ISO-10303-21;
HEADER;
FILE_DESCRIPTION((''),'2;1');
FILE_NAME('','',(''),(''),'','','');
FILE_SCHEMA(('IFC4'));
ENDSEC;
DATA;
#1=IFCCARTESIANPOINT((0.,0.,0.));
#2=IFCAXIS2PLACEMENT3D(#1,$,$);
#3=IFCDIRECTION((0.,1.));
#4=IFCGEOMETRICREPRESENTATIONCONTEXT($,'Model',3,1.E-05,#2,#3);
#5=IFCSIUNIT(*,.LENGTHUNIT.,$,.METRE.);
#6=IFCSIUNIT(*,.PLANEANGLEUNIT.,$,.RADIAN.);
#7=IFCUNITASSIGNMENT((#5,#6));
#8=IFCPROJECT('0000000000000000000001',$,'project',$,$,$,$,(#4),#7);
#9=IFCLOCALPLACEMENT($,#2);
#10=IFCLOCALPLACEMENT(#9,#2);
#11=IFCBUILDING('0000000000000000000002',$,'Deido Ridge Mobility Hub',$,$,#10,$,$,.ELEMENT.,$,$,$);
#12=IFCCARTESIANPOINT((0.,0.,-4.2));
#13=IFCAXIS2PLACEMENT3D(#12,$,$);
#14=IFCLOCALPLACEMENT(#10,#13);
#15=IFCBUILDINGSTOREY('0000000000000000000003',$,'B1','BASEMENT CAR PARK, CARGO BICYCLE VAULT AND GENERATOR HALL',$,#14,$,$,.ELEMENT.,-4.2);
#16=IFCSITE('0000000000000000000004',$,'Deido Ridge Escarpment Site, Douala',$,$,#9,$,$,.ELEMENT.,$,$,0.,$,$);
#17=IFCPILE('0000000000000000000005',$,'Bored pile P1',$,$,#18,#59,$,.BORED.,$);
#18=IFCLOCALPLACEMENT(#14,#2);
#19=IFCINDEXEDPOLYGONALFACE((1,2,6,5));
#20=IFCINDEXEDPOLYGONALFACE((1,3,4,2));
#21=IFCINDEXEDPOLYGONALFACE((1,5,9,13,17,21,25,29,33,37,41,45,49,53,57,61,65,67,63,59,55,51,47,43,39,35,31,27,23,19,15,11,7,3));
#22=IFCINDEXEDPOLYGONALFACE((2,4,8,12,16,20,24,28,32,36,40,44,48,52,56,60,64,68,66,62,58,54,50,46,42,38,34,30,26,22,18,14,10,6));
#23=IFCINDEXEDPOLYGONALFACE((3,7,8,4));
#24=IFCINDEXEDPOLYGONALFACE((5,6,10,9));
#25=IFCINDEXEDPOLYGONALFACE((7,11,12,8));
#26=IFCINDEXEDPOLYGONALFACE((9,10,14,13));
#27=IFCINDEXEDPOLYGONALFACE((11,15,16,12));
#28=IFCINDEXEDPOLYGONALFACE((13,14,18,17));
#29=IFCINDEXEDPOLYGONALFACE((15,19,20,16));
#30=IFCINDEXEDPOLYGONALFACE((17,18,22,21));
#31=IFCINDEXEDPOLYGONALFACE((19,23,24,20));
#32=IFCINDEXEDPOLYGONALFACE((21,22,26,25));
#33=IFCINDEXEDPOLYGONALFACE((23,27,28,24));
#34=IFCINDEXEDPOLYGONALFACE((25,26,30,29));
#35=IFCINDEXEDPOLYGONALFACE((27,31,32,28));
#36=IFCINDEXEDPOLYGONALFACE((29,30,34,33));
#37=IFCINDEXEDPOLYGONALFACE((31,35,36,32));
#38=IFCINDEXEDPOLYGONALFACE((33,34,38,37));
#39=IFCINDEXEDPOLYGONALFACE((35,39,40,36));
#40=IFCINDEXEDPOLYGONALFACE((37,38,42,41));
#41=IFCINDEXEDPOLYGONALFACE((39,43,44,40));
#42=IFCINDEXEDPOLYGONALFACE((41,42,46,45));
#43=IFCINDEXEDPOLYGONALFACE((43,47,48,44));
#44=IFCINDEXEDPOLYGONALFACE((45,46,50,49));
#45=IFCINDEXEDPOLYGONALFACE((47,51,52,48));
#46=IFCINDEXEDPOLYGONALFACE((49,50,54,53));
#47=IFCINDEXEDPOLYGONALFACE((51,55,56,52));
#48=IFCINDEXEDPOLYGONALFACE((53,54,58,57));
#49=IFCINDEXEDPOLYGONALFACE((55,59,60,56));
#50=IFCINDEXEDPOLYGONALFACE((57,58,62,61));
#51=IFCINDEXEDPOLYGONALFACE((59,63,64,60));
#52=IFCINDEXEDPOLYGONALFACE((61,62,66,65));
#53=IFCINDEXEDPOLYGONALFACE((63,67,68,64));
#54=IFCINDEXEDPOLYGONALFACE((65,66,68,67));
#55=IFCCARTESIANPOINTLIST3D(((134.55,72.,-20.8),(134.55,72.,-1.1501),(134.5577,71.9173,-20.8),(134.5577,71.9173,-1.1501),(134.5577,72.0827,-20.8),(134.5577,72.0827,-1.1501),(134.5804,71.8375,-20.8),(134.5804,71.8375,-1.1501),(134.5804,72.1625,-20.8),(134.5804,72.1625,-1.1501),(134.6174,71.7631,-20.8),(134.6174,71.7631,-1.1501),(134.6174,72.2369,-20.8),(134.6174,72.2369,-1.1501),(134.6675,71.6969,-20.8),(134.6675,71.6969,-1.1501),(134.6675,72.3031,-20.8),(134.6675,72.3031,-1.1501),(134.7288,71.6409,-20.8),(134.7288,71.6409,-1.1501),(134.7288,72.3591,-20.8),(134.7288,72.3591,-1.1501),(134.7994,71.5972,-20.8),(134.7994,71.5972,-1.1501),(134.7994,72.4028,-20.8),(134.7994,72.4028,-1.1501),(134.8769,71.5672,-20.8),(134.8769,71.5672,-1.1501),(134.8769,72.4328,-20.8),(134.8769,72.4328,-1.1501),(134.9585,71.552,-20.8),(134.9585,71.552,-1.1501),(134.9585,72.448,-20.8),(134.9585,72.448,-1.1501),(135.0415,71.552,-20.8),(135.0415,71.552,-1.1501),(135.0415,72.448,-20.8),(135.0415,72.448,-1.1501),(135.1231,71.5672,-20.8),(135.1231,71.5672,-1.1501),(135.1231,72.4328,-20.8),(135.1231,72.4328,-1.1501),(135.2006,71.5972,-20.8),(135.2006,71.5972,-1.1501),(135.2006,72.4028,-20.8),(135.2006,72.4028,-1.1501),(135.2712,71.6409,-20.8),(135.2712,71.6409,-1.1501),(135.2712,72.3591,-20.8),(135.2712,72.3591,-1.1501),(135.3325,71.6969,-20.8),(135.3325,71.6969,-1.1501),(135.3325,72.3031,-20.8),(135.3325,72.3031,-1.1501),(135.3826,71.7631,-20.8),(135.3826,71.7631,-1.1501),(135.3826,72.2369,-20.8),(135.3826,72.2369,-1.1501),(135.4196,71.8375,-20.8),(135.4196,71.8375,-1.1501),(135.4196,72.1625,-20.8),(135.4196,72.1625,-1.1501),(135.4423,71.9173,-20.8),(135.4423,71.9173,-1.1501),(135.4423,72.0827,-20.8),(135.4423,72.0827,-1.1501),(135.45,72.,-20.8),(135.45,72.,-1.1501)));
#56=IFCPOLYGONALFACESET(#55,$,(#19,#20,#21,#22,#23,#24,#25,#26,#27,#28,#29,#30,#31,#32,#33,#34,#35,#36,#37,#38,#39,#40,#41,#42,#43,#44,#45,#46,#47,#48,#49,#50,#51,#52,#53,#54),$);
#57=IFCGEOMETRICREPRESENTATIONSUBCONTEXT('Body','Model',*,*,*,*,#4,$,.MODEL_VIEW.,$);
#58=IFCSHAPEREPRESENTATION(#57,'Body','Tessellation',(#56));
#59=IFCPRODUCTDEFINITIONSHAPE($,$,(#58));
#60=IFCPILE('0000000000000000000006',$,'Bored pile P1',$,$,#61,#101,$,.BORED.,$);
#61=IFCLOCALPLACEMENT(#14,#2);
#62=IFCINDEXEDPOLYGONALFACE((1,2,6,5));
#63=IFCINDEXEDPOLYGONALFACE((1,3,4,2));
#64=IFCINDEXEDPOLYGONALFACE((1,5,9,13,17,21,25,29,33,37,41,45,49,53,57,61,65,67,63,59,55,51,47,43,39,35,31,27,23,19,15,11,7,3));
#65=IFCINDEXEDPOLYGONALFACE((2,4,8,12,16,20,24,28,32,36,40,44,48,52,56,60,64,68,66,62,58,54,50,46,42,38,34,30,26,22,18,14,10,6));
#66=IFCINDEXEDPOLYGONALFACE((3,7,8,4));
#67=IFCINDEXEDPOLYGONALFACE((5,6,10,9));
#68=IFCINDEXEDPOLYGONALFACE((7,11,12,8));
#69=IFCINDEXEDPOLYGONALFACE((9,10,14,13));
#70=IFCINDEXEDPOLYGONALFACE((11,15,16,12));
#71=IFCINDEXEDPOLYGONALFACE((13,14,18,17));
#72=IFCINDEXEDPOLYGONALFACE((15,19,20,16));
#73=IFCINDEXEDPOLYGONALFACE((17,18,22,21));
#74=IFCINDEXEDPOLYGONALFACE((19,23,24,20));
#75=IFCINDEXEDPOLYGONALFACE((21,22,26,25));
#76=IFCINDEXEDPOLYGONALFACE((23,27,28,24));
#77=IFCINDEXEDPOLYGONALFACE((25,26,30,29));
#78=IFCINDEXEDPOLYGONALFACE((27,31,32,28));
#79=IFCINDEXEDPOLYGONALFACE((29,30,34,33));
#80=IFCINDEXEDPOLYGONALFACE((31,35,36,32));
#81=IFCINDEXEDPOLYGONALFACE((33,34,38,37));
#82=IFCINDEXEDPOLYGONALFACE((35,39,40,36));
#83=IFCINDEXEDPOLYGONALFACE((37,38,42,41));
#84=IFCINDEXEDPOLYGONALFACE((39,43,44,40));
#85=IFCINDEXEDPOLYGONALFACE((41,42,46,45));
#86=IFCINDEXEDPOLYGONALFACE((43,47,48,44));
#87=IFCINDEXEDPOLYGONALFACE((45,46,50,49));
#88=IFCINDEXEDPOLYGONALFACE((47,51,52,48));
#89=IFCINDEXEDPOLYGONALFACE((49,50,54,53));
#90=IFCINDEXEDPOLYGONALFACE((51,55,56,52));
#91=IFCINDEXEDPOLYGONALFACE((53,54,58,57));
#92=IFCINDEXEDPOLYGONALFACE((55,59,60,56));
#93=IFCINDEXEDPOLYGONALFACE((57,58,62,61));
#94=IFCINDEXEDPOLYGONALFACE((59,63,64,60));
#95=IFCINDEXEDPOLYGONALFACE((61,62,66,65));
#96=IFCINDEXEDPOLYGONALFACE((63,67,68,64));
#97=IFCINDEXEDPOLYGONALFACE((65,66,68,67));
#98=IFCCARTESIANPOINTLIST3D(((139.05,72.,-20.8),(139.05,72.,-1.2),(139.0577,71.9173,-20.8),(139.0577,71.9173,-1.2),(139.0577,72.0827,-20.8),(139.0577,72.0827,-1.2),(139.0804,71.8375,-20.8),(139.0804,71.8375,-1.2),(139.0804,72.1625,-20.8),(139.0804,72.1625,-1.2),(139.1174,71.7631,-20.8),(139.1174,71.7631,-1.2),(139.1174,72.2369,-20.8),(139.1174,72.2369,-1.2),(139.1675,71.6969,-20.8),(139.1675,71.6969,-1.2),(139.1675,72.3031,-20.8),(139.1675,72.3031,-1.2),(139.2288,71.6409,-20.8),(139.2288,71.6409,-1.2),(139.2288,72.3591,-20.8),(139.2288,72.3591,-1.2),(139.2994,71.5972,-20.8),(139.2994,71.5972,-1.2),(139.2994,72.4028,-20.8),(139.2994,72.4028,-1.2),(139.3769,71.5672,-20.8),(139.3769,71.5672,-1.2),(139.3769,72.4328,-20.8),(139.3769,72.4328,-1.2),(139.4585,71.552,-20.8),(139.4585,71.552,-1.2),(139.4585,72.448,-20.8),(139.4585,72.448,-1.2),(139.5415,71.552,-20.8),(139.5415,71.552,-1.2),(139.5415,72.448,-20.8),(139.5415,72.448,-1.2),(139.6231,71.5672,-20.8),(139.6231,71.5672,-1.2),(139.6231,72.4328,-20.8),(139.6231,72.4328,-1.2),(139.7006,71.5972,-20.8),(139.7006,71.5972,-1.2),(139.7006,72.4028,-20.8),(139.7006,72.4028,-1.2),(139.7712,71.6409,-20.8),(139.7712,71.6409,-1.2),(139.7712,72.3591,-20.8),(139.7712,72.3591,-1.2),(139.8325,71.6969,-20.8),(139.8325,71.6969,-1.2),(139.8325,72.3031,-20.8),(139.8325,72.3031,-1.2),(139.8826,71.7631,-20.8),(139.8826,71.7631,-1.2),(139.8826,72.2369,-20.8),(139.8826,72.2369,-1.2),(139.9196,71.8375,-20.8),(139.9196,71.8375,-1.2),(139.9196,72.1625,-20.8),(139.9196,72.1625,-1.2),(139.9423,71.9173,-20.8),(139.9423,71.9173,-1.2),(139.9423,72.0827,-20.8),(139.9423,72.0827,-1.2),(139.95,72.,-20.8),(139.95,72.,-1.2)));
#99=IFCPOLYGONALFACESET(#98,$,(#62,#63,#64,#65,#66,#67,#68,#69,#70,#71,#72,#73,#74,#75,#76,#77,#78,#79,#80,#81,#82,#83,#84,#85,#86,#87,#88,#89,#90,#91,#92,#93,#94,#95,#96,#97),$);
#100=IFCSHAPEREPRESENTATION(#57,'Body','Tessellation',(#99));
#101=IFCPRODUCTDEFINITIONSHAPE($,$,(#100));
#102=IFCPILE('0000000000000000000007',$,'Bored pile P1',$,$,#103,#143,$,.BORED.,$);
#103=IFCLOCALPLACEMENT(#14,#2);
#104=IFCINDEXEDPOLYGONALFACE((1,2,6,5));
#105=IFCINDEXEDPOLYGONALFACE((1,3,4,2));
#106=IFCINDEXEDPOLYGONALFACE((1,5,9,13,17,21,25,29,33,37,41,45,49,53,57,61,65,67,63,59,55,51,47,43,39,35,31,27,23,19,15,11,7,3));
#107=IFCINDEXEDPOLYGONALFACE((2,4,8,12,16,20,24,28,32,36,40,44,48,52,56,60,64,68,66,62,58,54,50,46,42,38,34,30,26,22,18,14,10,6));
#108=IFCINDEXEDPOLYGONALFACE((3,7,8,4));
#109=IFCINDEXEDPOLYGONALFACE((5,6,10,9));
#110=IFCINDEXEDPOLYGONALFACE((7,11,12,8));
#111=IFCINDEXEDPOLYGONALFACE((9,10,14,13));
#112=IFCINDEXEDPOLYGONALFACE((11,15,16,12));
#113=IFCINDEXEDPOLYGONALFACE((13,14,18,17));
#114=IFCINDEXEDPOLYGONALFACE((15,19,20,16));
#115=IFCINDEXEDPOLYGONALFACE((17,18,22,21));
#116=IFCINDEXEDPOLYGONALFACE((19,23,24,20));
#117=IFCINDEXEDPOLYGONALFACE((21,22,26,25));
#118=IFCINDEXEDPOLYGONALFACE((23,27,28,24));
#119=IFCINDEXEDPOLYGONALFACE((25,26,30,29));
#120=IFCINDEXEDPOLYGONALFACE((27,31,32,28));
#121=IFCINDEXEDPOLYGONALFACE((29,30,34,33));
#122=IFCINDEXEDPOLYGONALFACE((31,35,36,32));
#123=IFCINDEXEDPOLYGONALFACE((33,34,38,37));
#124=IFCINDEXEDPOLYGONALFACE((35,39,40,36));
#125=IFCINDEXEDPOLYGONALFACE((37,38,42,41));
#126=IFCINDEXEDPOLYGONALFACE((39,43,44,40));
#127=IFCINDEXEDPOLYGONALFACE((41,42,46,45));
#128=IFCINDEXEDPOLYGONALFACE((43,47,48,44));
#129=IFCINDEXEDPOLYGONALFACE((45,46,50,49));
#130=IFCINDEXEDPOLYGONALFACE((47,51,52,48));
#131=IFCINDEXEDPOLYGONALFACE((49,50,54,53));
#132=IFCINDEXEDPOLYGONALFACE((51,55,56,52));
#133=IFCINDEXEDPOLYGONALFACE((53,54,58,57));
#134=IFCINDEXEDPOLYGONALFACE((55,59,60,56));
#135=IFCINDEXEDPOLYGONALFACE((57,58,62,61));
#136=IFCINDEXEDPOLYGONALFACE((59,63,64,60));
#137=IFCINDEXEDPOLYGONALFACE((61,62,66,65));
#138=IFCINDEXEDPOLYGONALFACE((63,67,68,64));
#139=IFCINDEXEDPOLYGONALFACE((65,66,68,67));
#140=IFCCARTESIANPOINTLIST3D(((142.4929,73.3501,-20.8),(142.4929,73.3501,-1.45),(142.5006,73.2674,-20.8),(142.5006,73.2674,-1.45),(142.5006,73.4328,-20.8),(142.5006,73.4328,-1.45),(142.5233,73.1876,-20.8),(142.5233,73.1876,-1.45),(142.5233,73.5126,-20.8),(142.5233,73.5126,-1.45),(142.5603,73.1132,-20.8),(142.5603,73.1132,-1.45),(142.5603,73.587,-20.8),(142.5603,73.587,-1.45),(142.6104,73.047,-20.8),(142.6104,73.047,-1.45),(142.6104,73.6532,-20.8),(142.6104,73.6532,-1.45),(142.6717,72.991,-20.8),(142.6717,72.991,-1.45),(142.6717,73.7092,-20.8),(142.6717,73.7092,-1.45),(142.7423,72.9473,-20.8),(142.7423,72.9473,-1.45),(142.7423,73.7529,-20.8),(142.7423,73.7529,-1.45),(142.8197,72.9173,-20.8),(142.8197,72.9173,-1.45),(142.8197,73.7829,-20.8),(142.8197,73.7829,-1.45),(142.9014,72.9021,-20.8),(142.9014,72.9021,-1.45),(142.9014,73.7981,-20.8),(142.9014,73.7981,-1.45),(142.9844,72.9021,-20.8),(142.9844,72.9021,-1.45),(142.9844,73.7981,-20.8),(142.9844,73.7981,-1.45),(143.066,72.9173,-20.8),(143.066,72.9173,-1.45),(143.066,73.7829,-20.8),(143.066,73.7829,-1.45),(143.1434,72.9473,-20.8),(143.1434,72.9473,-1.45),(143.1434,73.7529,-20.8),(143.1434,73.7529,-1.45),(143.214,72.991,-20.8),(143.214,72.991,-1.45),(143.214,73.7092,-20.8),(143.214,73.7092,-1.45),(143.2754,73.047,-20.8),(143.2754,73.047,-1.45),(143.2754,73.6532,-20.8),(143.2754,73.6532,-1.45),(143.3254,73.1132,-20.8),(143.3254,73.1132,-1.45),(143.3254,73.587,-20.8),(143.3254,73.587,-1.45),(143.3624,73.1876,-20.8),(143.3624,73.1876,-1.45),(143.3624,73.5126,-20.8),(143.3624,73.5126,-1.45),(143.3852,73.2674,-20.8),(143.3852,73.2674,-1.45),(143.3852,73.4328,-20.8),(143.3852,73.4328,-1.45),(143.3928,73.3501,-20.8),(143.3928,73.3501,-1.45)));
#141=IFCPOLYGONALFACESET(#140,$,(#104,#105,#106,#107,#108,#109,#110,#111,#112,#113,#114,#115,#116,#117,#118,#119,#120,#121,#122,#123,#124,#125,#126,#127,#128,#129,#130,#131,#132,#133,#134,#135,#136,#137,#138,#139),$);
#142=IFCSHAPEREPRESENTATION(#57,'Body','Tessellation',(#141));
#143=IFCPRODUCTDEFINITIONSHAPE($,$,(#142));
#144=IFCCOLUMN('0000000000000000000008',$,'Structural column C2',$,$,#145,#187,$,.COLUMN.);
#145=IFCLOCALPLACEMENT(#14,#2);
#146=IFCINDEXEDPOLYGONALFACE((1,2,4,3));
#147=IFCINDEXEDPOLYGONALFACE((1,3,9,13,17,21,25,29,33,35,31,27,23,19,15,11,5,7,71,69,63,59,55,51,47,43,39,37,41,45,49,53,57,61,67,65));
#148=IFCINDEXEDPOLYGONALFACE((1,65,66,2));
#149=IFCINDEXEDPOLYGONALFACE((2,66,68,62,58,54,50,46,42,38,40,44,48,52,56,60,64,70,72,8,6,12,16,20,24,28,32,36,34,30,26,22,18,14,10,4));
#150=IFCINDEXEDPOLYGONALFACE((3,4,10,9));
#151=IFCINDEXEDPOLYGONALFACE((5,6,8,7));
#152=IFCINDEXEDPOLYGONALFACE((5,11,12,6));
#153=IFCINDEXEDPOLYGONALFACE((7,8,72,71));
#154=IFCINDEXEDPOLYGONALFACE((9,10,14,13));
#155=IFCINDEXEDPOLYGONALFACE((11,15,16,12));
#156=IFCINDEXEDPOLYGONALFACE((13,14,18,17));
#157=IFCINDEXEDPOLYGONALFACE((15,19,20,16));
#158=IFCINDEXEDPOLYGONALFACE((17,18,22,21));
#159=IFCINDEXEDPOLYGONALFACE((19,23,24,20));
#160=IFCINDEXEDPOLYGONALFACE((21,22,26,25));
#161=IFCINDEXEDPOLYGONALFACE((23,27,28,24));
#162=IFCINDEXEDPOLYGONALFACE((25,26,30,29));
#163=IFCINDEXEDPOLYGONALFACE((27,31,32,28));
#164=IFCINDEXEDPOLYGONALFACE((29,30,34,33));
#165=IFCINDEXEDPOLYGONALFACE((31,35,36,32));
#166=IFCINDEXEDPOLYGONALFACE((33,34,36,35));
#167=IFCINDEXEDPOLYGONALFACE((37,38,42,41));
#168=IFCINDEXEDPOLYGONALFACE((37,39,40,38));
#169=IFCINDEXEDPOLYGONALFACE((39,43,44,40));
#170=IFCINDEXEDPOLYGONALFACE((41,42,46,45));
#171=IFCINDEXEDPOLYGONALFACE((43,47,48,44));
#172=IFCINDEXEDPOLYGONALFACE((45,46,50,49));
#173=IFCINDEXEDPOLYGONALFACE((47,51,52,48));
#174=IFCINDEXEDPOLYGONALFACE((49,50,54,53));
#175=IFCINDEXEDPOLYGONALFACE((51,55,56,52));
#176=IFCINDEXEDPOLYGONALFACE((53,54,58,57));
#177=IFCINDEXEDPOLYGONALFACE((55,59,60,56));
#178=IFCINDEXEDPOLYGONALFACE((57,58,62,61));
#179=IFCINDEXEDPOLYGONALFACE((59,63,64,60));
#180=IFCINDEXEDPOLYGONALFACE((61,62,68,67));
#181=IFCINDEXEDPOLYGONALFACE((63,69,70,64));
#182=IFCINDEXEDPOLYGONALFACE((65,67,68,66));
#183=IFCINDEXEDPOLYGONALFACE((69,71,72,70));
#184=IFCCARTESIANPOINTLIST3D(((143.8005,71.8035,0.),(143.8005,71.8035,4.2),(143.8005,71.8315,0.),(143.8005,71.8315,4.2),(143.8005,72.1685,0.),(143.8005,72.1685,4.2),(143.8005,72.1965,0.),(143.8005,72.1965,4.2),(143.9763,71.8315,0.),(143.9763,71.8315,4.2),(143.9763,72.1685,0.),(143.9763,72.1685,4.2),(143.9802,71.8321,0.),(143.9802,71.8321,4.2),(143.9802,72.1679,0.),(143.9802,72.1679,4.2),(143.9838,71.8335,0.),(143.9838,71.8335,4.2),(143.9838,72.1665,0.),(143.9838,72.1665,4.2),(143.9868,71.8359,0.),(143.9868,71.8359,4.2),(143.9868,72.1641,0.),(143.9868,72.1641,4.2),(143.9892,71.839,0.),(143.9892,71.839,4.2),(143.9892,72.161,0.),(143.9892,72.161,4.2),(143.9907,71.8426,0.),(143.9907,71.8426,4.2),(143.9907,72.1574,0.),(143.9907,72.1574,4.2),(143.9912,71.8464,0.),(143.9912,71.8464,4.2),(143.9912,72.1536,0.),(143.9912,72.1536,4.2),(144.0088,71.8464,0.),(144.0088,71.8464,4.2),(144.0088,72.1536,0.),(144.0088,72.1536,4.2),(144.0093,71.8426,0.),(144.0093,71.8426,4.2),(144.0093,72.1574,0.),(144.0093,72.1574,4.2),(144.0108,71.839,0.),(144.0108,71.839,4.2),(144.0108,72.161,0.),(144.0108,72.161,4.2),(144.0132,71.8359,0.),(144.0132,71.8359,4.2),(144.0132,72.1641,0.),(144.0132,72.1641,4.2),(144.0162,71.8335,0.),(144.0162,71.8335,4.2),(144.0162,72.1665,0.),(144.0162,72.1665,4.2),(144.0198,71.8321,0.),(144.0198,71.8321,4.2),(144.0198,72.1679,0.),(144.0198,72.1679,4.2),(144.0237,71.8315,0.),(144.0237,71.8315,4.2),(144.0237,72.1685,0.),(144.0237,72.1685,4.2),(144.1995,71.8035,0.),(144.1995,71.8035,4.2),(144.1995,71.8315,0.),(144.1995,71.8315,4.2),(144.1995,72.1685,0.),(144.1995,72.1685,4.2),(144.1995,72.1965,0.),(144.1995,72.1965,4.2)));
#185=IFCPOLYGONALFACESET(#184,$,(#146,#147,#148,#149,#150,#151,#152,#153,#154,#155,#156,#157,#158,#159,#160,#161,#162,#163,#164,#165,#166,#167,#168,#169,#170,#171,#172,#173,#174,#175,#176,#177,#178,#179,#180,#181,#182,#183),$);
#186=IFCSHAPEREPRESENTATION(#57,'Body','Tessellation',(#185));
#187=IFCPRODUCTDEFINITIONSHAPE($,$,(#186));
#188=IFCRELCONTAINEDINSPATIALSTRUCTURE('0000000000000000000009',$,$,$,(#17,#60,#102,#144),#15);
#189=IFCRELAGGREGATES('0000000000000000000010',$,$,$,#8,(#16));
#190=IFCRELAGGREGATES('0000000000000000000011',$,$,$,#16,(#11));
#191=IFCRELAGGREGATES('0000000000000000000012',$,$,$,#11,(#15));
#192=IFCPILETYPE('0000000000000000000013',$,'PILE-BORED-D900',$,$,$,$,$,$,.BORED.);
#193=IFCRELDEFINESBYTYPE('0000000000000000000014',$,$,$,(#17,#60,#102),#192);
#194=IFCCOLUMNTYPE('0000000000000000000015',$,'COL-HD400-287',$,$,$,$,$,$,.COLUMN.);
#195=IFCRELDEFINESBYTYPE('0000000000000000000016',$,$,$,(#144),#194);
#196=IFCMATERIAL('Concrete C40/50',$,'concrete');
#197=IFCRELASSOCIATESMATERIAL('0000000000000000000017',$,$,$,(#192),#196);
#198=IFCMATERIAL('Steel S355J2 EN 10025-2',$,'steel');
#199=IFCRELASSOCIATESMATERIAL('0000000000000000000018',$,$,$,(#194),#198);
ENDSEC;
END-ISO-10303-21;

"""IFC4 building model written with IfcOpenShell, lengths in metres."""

from ifc_helpers import new_model, si_unit, direction, frame, origin, origin_2d, place, context, subcontext, project, spatial, circle, i_section, extrude, material, material_profile, profile_set, type_object, element, save


model = new_model("IFC4")

# Units and contexts
model_context = context("Model", 3, precision=1e-05, world=origin(), true_north=direction((0.0, 1.0)))
body_context = subcontext(model_context, "Body", "Model", "MODEL_VIEW")
ifc_project = project(units=[si_unit("LENGTHUNIT", "METRE"), si_unit("PLANEANGLEUNIT", "RADIAN")], contexts=[model_context])

# Site, building, storey
site_placement = place(None, origin())
site = spatial("IfcSite", under=ifc_project, at=site_placement, Name="Deido Ridge Escarpment Site, Douala", CompositionType="ELEMENT", RefElevation=0.0)
building_placement = place(site_placement, origin())
building = spatial("IfcBuilding", under=site, at=building_placement, Name="Deido Ridge Mobility Hub", CompositionType="ELEMENT")
storey_placement = place(building_placement, frame((0.0, 0.0, -4.2)))
storey = spatial("IfcBuildingStorey", under=building, at=storey_placement, Name="B1", Description="BASEMENT CAR PARK, CARGO BICYCLE VAULT AND GENERATOR HALL", CompositionType="ELEMENT", Elevation=-4.2)

# Shared definitions
ifc_material_1 = material(Name="Concrete C40/50", Category="concrete")

# Piles
ifc_material_profile_1 = material_profile(ifc_material_1, circle(Radius=0.45, at=origin_2d()), Name="BORED PILE D900")
ifc_profile_set_1 = profile_set([ifc_material_profile_1], Name="Concrete C40/50")
pile_type_1 = type_object("IfcPileType", Name="PILE-BORED-D900", PredefinedType="BORED", material=ifc_profile_set_1)
pile_1_placement = place(storey_placement, frame((135.0, 72.0, -1.1501), z_axis=(0.0, 0.0, -1.0), x_axis=(1.0, 0.0, 0.0)))
element("IfcPile", 1, at=pile_1_placement, inside=storey, type_object=pile_type_1, Name="Bored pile P1", PredefinedType="BORED", context=body_context, shape_type="SweptSolid", body=[
    extrude(circle(Radius=0.45, at=origin_2d()), origin(), (0.0, 0.0, 1.0), 19.6499),
])
pile_2_placement = place(storey_placement, frame((139.5, 72.0, -1.2), z_axis=(0.0, 0.0, -1.0), x_axis=(1.0, 0.0, 0.0)))
element("IfcPile", 2, at=pile_2_placement, inside=storey, type_object=pile_type_1, Name="Bored pile P1", PredefinedType="BORED", context=body_context, shape_type="SweptSolid", body=[
    extrude(circle(Radius=0.45, at=origin_2d()), origin(), (0.0, 0.0, 1.0), 19.6001),
])
pile_3_placement = place(storey_placement, frame((142.9429, 73.3501, -1.45), z_axis=(0.0, 0.0, -1.0), x_axis=(1.0, 0.0, 0.0)))
element("IfcPile", 3, at=pile_3_placement, inside=storey, type_object=pile_type_1, Name="Bored pile P1", PredefinedType="BORED", context=body_context, shape_type="SweptSolid", body=[
    extrude(circle(Radius=0.45, at=origin_2d()), origin(), (0.0, 0.0, 1.0), 19.3501),
])

# Column
ifc_material_2 = material(Name="Steel S355J2 EN 10025-2", Category="steel")
ifc_material_profile_2 = material_profile(ifc_material_2, i_section(OverallWidth=0.3989, OverallDepth=0.3931, WebThickness=0.0176, FlangeThickness=0.0281, FilletRadius=0.0149, at=origin_2d()), Name="HD 400x287")
ifc_profile_set_2 = profile_set([ifc_material_profile_2], Name="Steel S355J2 EN 10025-2")
column_type_1 = type_object("IfcColumnType", Name="COL-HD400-287", PredefinedType="COLUMN", material=ifc_profile_set_2)
column_placement = place(storey_placement, frame((144.0, 72.0, 0.0), z_axis=(0.0, 0.0, 1.0), x_axis=(1.0, 0.0, 0.0)))
element("IfcColumn", 4, at=column_placement, inside=storey, type_object=column_type_1, Name="Structural column C2", PredefinedType="COLUMN", context=body_context, shape_type="SweptSolid", body=[
    extrude(i_section(OverallWidth=0.3989, OverallDepth=0.3931, WebThickness=0.0176, FlangeThickness=0.0281, FilletRadius=0.0149, at=origin_2d()), origin(), (0.0, 0.0, 1.0), 4.2),
])

save(model, "model.ifc")
